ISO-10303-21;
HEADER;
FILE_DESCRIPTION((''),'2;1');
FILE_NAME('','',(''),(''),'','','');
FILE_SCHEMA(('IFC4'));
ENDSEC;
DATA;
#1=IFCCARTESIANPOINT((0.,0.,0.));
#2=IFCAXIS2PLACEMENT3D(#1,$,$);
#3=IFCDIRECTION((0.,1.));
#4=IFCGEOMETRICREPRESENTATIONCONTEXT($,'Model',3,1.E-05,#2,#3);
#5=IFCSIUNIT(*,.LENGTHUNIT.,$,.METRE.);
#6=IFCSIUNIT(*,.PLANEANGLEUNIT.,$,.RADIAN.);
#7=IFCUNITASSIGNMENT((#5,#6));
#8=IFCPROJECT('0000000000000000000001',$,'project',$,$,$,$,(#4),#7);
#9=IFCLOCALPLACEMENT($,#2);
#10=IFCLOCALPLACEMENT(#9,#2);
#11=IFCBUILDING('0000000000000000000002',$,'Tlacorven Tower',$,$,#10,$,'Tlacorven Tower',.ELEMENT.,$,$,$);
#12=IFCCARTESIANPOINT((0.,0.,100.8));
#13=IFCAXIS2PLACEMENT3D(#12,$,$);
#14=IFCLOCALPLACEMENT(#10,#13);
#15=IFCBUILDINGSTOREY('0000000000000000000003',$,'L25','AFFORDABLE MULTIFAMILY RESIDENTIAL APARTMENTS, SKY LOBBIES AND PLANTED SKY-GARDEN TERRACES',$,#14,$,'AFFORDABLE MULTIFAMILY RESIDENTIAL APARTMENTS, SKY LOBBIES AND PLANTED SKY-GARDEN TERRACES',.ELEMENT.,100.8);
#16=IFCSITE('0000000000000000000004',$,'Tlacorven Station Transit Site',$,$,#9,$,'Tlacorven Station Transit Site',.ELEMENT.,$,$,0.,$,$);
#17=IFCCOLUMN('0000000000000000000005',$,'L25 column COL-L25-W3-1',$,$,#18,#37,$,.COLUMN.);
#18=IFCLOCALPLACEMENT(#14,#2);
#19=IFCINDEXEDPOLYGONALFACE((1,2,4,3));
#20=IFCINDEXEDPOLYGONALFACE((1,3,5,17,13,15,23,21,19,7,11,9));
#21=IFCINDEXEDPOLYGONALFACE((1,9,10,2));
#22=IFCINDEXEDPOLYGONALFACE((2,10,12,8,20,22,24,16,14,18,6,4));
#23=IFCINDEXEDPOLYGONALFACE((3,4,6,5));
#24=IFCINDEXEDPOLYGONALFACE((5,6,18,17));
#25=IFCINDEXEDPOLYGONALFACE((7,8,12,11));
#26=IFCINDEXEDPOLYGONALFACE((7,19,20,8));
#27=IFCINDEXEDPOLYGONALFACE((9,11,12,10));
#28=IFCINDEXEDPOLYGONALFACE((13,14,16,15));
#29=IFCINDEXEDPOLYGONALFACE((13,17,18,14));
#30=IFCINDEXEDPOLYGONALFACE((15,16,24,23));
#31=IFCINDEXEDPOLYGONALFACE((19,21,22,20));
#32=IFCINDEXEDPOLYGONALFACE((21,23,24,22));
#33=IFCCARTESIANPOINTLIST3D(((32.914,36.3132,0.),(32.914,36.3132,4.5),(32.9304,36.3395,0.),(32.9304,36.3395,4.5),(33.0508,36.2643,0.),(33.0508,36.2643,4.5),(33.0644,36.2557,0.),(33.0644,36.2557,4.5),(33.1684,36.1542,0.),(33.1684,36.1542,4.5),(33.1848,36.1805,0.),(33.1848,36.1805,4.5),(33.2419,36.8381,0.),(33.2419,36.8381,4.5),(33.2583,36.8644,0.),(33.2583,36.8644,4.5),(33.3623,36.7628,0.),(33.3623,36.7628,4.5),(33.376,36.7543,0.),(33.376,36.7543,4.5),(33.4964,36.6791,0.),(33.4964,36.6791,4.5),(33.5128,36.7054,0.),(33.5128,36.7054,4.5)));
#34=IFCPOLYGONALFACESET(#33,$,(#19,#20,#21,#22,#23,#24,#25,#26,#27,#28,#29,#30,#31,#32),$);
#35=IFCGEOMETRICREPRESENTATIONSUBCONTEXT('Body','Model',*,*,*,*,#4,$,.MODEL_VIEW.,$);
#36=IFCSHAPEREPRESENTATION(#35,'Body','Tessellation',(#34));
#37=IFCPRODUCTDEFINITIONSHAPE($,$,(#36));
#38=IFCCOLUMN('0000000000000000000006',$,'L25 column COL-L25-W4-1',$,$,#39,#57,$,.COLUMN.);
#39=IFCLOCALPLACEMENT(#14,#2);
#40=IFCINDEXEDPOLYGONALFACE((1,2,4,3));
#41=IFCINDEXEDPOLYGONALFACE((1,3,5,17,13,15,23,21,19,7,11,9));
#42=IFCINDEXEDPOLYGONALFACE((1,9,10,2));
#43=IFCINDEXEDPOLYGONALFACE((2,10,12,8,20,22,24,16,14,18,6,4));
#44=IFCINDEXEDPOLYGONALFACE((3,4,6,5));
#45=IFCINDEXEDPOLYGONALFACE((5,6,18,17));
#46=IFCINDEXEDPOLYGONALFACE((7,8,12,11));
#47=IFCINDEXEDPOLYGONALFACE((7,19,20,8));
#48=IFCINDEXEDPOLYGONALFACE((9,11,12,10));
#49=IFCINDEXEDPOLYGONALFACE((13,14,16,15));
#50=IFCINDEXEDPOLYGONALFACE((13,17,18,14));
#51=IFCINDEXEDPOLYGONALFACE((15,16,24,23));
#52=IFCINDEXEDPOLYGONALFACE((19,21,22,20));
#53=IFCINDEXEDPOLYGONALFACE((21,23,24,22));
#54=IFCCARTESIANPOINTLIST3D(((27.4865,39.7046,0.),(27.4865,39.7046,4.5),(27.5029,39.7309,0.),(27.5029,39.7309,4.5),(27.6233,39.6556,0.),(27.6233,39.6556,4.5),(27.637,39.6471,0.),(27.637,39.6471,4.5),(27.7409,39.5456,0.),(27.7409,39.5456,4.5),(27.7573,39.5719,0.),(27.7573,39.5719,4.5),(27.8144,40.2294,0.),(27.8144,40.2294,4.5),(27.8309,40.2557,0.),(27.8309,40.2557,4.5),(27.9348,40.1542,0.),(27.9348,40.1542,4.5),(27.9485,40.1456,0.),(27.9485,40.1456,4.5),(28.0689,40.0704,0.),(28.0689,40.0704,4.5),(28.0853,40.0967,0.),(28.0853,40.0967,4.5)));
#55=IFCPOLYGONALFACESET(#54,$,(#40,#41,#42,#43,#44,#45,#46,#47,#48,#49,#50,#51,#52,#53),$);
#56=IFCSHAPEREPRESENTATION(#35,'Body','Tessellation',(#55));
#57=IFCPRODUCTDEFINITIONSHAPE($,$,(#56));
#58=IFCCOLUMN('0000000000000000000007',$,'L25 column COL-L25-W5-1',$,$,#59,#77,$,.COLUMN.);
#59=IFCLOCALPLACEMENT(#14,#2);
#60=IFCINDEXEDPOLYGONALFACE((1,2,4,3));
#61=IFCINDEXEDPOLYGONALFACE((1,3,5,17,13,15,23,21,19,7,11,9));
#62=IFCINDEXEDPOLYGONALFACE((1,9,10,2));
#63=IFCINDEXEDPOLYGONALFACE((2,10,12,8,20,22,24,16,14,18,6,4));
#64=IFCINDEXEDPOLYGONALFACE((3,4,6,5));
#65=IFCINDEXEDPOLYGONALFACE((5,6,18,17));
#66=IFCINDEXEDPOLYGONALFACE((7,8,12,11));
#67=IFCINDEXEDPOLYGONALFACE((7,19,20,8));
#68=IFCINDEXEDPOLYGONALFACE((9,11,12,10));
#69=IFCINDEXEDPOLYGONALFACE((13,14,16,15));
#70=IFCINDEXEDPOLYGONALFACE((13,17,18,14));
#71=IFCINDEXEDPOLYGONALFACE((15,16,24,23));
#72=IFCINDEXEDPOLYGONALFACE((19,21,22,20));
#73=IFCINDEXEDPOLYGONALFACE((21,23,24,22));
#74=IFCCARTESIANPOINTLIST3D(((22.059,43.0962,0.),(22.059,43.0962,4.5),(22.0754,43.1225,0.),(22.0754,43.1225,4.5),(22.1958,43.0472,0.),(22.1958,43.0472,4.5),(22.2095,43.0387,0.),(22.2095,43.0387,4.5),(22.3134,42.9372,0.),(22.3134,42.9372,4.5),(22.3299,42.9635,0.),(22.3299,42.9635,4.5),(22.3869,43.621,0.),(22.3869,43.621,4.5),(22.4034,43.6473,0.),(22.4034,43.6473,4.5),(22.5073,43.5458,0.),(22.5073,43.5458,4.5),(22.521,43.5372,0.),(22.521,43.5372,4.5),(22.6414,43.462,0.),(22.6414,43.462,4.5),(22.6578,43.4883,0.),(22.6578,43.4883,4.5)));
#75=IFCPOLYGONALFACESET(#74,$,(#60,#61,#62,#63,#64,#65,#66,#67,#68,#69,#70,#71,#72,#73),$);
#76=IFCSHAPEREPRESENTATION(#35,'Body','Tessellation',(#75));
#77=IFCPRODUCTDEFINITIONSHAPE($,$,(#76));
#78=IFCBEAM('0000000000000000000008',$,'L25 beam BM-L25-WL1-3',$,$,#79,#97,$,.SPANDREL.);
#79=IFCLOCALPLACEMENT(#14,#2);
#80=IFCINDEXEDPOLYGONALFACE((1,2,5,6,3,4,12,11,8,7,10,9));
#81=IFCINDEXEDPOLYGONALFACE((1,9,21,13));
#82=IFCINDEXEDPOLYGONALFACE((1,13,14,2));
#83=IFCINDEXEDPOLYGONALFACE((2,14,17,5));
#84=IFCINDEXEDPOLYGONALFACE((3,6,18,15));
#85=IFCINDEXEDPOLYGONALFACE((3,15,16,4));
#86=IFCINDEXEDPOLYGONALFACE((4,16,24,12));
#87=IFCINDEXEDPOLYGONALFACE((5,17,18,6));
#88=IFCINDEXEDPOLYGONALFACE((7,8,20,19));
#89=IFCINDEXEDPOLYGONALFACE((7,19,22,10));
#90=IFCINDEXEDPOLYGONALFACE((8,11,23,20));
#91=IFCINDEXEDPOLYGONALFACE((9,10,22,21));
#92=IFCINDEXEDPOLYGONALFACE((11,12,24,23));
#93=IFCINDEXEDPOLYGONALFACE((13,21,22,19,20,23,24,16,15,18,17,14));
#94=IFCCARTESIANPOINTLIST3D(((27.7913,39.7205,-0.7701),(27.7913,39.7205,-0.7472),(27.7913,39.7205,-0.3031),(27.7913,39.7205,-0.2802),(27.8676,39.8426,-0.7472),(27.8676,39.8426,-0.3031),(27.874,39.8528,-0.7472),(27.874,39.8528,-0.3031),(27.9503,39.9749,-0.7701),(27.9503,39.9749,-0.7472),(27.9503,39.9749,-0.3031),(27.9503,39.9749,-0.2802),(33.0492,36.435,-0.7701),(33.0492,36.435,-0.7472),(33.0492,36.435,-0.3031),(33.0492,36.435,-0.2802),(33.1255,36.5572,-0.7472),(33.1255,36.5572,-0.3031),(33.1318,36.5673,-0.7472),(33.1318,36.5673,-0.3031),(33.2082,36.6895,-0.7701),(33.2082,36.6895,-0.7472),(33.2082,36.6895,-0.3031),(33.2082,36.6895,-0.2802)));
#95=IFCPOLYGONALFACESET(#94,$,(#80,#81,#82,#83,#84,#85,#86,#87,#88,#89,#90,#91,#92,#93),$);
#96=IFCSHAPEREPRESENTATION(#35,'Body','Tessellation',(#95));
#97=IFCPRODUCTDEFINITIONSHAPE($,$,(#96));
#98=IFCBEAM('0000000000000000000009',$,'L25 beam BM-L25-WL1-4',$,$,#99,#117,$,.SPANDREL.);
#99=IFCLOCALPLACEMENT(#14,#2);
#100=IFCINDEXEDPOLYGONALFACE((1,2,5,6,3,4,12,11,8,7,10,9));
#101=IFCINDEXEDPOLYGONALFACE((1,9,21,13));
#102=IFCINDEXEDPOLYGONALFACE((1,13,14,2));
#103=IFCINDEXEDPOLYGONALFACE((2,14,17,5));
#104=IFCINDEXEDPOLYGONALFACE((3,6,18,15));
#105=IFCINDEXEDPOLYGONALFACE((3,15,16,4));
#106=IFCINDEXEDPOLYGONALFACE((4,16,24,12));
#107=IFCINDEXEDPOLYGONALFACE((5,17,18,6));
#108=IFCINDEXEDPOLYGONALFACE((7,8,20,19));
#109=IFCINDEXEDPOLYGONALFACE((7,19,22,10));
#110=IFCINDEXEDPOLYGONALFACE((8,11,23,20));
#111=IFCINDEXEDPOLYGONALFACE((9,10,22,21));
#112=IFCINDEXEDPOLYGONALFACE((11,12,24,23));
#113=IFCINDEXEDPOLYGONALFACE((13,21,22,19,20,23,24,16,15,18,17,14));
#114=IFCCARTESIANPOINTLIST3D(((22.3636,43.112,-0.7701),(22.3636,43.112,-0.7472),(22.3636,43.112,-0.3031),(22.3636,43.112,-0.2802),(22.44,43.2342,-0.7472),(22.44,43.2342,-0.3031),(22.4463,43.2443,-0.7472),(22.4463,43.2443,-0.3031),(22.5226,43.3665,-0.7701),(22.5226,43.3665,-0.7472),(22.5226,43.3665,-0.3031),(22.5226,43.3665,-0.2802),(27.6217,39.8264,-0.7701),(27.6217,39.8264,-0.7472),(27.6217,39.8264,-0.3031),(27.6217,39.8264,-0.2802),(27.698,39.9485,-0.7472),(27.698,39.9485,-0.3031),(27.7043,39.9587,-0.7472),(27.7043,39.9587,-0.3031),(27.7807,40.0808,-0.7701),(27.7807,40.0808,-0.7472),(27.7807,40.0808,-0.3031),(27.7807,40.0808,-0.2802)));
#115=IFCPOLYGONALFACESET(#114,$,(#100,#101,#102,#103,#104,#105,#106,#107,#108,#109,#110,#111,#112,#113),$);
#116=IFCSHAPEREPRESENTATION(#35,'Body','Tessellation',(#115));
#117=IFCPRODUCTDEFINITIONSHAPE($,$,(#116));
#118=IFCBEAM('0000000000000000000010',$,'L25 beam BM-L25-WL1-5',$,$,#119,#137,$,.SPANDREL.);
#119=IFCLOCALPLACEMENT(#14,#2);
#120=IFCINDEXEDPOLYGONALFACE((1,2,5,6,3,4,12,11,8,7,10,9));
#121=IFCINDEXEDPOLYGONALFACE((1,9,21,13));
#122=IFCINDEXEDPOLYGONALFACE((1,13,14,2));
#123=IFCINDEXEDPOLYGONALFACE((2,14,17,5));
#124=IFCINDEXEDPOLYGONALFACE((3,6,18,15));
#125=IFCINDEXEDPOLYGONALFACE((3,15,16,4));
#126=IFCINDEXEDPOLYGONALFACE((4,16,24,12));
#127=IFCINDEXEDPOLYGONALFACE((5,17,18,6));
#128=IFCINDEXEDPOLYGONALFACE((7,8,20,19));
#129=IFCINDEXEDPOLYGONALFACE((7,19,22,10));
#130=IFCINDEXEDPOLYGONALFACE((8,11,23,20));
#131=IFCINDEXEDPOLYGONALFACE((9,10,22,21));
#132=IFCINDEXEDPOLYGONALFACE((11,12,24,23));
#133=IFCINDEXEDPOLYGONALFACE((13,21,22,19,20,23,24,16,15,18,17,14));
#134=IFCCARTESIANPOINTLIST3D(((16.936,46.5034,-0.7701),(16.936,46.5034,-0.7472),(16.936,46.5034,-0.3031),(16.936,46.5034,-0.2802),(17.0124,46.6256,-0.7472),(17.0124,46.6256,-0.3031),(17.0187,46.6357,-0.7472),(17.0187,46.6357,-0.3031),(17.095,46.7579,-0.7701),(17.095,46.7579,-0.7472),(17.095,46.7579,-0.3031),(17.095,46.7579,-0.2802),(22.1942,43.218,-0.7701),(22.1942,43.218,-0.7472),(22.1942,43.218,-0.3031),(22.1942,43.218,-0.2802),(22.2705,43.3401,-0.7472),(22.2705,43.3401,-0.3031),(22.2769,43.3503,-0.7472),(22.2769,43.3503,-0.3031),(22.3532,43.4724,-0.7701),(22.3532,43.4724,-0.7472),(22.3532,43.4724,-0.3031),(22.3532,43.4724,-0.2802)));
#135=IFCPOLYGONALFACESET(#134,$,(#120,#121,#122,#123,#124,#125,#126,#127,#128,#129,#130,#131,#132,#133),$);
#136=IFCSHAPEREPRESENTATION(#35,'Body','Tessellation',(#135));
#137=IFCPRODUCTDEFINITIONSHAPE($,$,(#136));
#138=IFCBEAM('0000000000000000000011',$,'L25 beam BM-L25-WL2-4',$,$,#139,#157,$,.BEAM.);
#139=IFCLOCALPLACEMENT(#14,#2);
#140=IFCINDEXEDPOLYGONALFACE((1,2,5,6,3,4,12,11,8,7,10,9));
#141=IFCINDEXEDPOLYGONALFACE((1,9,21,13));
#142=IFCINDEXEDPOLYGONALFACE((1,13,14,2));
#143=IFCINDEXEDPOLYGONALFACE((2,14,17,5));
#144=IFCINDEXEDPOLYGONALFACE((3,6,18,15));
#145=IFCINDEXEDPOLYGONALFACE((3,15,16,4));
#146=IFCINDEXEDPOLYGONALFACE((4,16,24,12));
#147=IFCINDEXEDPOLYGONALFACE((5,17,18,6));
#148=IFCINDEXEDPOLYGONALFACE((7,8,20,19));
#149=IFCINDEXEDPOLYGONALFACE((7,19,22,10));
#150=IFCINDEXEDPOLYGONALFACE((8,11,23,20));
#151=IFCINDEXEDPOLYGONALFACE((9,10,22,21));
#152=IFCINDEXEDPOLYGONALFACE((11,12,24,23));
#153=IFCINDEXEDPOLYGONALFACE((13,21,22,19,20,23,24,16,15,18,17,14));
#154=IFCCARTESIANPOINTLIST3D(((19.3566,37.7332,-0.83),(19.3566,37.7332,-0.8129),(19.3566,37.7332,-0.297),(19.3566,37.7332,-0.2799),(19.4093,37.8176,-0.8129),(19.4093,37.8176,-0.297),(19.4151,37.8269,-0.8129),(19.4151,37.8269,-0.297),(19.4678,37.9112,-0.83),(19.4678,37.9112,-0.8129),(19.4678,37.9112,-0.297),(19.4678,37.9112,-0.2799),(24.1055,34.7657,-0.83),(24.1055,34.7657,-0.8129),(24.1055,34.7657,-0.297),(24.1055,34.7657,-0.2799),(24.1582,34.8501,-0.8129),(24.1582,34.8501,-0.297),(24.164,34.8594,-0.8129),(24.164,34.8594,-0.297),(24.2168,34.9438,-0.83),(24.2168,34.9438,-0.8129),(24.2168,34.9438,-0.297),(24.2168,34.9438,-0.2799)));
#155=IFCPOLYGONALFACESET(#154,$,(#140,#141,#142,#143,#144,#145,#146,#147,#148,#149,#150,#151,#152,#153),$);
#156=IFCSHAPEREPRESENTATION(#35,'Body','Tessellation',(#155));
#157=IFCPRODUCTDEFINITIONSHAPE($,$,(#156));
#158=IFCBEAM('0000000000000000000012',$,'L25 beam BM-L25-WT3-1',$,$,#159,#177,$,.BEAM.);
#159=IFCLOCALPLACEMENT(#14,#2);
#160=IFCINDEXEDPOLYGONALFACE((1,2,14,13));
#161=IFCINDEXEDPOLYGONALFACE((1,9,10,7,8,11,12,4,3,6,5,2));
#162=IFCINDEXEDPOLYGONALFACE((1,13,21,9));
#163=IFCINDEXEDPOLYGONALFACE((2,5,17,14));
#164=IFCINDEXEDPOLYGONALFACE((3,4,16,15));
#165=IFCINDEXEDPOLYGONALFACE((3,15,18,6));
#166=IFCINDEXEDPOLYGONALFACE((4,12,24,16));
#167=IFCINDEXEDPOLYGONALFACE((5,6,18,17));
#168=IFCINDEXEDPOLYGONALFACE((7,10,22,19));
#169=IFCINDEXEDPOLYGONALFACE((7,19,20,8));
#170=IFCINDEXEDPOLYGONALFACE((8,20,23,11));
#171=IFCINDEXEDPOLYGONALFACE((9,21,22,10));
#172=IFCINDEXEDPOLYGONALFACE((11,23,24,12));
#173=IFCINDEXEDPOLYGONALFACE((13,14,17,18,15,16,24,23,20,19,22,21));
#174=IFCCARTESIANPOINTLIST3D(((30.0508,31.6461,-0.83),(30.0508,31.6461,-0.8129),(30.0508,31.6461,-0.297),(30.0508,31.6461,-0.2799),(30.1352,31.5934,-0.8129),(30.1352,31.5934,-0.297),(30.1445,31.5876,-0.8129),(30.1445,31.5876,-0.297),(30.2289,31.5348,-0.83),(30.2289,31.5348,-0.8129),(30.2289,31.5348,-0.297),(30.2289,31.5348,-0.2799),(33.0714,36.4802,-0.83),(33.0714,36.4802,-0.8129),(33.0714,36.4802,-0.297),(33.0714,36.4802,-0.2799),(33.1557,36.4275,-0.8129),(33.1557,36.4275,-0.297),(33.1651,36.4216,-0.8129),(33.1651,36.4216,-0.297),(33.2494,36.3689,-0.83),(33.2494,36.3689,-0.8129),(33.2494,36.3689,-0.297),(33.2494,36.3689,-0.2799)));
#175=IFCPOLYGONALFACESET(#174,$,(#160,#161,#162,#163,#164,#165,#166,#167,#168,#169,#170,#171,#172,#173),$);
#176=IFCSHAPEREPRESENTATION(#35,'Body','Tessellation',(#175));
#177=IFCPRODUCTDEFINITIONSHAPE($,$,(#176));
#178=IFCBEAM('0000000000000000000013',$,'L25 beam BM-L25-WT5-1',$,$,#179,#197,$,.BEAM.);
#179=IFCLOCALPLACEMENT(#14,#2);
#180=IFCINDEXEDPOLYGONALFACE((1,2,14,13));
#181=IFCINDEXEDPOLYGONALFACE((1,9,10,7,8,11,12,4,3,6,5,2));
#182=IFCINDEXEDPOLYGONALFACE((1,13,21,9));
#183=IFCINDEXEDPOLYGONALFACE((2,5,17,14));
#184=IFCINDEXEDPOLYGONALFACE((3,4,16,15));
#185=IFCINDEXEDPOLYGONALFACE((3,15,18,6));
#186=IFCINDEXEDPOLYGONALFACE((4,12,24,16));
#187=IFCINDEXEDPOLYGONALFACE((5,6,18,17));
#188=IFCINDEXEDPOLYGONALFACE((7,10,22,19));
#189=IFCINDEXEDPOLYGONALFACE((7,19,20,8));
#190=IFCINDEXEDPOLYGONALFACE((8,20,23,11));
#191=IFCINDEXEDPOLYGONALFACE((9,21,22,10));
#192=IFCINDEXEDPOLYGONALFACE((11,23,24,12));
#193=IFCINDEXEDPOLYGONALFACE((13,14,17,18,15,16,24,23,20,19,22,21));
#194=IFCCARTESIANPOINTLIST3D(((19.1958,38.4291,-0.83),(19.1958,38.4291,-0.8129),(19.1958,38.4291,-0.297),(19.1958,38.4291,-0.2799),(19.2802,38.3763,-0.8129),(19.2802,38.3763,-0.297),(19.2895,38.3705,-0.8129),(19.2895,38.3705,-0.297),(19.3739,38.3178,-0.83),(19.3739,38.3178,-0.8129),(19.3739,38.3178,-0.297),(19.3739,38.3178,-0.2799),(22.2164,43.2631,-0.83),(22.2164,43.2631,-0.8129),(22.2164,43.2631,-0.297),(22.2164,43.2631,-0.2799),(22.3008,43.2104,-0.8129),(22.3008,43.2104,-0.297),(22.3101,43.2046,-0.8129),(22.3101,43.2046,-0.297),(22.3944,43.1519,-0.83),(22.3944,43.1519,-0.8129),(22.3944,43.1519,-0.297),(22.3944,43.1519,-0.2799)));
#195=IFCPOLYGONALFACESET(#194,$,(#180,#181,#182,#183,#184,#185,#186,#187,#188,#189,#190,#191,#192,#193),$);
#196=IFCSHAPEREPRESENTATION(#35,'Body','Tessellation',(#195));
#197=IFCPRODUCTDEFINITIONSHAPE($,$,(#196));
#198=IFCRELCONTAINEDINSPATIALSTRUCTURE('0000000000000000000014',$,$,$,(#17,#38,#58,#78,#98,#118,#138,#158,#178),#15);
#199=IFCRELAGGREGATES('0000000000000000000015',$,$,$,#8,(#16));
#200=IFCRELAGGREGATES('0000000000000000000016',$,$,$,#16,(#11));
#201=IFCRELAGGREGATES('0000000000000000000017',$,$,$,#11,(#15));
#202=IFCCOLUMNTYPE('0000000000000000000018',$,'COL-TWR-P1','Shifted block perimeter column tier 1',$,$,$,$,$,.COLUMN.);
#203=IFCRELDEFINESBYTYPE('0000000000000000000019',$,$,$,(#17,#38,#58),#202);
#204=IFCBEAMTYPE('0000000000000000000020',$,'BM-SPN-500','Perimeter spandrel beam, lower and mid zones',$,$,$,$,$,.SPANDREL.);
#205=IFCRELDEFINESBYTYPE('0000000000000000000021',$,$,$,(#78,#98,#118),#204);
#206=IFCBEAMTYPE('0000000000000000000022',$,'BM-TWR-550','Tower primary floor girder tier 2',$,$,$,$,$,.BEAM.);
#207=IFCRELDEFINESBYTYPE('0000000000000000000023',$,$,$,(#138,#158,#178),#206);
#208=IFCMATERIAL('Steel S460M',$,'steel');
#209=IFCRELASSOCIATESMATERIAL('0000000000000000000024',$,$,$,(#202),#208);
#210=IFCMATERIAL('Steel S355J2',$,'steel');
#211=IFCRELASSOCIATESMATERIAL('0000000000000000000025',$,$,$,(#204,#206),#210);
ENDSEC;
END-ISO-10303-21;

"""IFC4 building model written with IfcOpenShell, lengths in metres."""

from ifc_helpers import new_model, si_unit, direction, frame, origin, origin_2d, place, context, subcontext, project, spatial, i_section, extrude, source, transform, mapped, material, material_profile, profile_set, type_object, element, save


model = new_model("IFC4")

# Units and contexts
model_context = context("Model", 3, precision=1e-05, world=origin(), true_north=direction((0.0, 1.0)))
body_context = subcontext(model_context, "Body", "Model", "MODEL_VIEW")
ifc_project = project(units=[si_unit("LENGTHUNIT", "METRE"), si_unit("PLANEANGLEUNIT", "RADIAN")], contexts=[model_context])

# Site, building, storey
site_placement = place(None, origin())
site = spatial("IfcSite", under=ifc_project, at=site_placement, Name="Tlacorven Station Transit Site", LongName="Tlacorven Station Transit Site", CompositionType="ELEMENT", RefElevation=0.0)
building_placement = place(site_placement, origin())
building = spatial("IfcBuilding", under=site, at=building_placement, Name="Tlacorven Tower", LongName="Tlacorven Tower", CompositionType="ELEMENT")
storey_placement = place(building_placement, frame((0.0, 0.0, 100.8)))
storey = spatial("IfcBuildingStorey", under=building, at=storey_placement, Name="L25", Description="AFFORDABLE MULTIFAMILY RESIDENTIAL APARTMENTS, SKY LOBBIES AND PLANTED SKY-GARDEN TERRACES", LongName="AFFORDABLE MULTIFAMILY RESIDENTIAL APARTMENTS, SKY LOBBIES AND PLANTED SKY-GARDEN TERRACES", CompositionType="ELEMENT", Elevation=100.8)

# Columns
ifc_material_1 = material(Name="Steel S460M", Category="steel")
ifc_material_profile_1 = material_profile(ifc_material_1, i_section(OverallWidth=0.3, OverallDepth=0.6499, WebThickness=0.0161, FlangeThickness=0.031, at=origin_2d()), Name="HEB 650")
ifc_profile_set_1 = profile_set([ifc_material_profile_1], Name="Steel S460M")
column_type = type_object("IfcColumnType", Name="COL-TWR-P1", Description="Shifted block perimeter column tier 1", PredefinedType="COLUMN", material=ifc_profile_set_1)
shared_shape_1 = source(origin(), body_context, "Body", "SweptSolid", [
    extrude(i_section(OverallWidth=0.3, OverallDepth=0.6499, WebThickness=0.0161, FlangeThickness=0.031, at=origin_2d()), origin(), (0.0, 0.0, 1.0), 4.5),
])
for number, where, z_axis, x_axis, name in (
    (1, (33.2134, 36.5093, 0.0), (0.0, 0.0, 1.0), (-0.848048, 0.529919, 0.0), "L25 column COL-L25-W3-1"),
    (2, (27.7859, 39.9006, 0.0), (0.0, 0.0, 1.0), (-0.848048, 0.529919, 0.0), "L25 column COL-L25-W4-1"),
    (3, (22.3584, 43.2922, 0.0), (0.0, 0.0, 1.0), (-0.848048, 0.529919, 0.0), "L25 column COL-L25-W5-1"),
):
    element("IfcColumn", number, at=place(storey_placement, frame(where, z_axis=z_axis, x_axis=x_axis)), inside=storey, type_object=column_type, Name=name, PredefinedType="COLUMN", context=body_context, shape_type="MappedRepresentation", body=[
        mapped(shared_shape_1, transform((0.0, 0.0, 0.0), scale=1.0)),
    ])

# Beams
ifc_material_2 = material(Name="Steel S355J2", Category="steel")
ifc_material_profile_2 = material_profile(ifc_material_2, i_section(OverallWidth=0.3, OverallDepth=0.49, WebThickness=0.012, FlangeThickness=0.0229, at=origin_2d()), Name="HEA 500")
ifc_profile_set_2 = profile_set([ifc_material_profile_2], Name="Steel S355J2")
beam_type_1 = type_object("IfcBeamType", Name="BM-SPN-500", Description="Perimeter spandrel beam, lower and mid zones", PredefinedType="SPANDREL", material=ifc_profile_set_2)
shared_shape_2 = source(origin(), body_context, "Body", "SweptSolid", [
    extrude(i_section(OverallWidth=0.3, OverallDepth=0.49, WebThickness=0.012, FlangeThickness=0.0229, at=origin_2d()), origin(), (0.0, 0.0, 1.0), 6.2),
])
beam_1_placement = place(storey_placement, frame((33.1287, 36.5623, -0.5251), z_axis=(-0.848051, 0.529914, 0.0), x_axis=(-0.529914, -0.848051, 0.0)))
element("IfcBeam", 4, at=beam_1_placement, inside=storey, type_object=beam_type_1, Name="L25 beam BM-L25-WL1-3", PredefinedType="SPANDREL", context=body_context, shape_type="MappedRepresentation", body=[
    mapped(shared_shape_2, transform((0.0, 0.0, 0.0), scale=1.0)),
])
shared_shape_3 = source(origin(), body_context, "Body", "SweptSolid", [
    extrude(i_section(OverallWidth=0.3, OverallDepth=0.49, WebThickness=0.012, FlangeThickness=0.0229, at=origin_2d()), origin(), (0.0, 0.0, 1.0), 6.2002),
])
for number, where, z_axis, x_axis, name in (
    (5, (27.7012, 39.9536, -0.5251), (-0.848045, 0.529925, 0.0), (-0.529925, -0.848045, 0.0), "L25 beam BM-L25-WL1-4"),
    (6, (22.2737, 43.3452, -0.5251), (-0.848062, 0.529896, 0.0), (-0.529896, -0.848062, 0.0), "L25 beam BM-L25-WL1-5"),
):
    element("IfcBeam", number, at=place(storey_placement, frame(where, z_axis=z_axis, x_axis=x_axis)), inside=storey, type_object=beam_type_1, Name=name, PredefinedType="SPANDREL", context=body_context, shape_type="MappedRepresentation", body=[
        mapped(shared_shape_3, transform((0.0, 0.0, 0.0), scale=1.0)),
    ])
ifc_material_profile_3 = material_profile(ifc_material_2, i_section(OverallWidth=0.21, OverallDepth=0.55, WebThickness=0.011, FlangeThickness=0.0171, at=origin_2d()), Name="IPE 550")
ifc_profile_set_3 = profile_set([ifc_material_profile_3], Name="Steel S355J2")
beam_type_2 = type_object("IfcBeamType", Name="BM-TWR-550", Description="Tower primary floor girder tier 2", PredefinedType="BEAM", material=ifc_profile_set_3)
shared_shape_4 = source(origin(), body_context, "Body", "SweptSolid", [
    extrude(i_section(OverallWidth=0.21, OverallDepth=0.55, WebThickness=0.011, FlangeThickness=0.0171, at=origin_2d()), origin(), (0.0, 0.0, 1.0), 5.5999),
])
beam_2_placement = place(storey_placement, frame((24.1611, 34.8547, -0.5549), z_axis=(-0.848047, 0.529921, 0.0), x_axis=(-0.529921, -0.848047, 0.0)))
element("IfcBeam", 7, at=beam_2_placement, inside=storey, type_object=beam_type_2, Name="L25 beam BM-L25-WL2-4", PredefinedType="BEAM", context=body_context, shape_type="MappedRepresentation", body=[
    mapped(shared_shape_4, transform((0.0, 0.0, 0.0), scale=1.0)),
])
shared_shape_5 = source(origin(), body_context, "Body", "SweptSolid", [
    extrude(i_section(OverallWidth=0.21, OverallDepth=0.55, WebThickness=0.011, FlangeThickness=0.0171, at=origin_2d()), origin(), (0.0, 0.0, 1.0), 5.7002),
])
for number, where, z_axis, x_axis, name in (
    (8, (33.1604, 36.4246, -0.5549), (-0.529907, -0.848056, 0.0), (0.848056, -0.529907, 0.0), "L25 beam BM-L25-WT3-1"),
    (9, (22.3054, 43.2075, -0.5549), (-0.529907, -0.848056, 0.0), (0.848056, -0.529907, 0.0), "L25 beam BM-L25-WT5-1"),
):
    element("IfcBeam", number, at=place(storey_placement, frame(where, z_axis=z_axis, x_axis=x_axis)), inside=storey, type_object=beam_type_2, Name=name, PredefinedType="BEAM", context=body_context, shape_type="MappedRepresentation", body=[
        mapped(shared_shape_5, transform((0.0, 0.0, 0.0), scale=1.0)),
    ])

save(model, "model.ifc")
